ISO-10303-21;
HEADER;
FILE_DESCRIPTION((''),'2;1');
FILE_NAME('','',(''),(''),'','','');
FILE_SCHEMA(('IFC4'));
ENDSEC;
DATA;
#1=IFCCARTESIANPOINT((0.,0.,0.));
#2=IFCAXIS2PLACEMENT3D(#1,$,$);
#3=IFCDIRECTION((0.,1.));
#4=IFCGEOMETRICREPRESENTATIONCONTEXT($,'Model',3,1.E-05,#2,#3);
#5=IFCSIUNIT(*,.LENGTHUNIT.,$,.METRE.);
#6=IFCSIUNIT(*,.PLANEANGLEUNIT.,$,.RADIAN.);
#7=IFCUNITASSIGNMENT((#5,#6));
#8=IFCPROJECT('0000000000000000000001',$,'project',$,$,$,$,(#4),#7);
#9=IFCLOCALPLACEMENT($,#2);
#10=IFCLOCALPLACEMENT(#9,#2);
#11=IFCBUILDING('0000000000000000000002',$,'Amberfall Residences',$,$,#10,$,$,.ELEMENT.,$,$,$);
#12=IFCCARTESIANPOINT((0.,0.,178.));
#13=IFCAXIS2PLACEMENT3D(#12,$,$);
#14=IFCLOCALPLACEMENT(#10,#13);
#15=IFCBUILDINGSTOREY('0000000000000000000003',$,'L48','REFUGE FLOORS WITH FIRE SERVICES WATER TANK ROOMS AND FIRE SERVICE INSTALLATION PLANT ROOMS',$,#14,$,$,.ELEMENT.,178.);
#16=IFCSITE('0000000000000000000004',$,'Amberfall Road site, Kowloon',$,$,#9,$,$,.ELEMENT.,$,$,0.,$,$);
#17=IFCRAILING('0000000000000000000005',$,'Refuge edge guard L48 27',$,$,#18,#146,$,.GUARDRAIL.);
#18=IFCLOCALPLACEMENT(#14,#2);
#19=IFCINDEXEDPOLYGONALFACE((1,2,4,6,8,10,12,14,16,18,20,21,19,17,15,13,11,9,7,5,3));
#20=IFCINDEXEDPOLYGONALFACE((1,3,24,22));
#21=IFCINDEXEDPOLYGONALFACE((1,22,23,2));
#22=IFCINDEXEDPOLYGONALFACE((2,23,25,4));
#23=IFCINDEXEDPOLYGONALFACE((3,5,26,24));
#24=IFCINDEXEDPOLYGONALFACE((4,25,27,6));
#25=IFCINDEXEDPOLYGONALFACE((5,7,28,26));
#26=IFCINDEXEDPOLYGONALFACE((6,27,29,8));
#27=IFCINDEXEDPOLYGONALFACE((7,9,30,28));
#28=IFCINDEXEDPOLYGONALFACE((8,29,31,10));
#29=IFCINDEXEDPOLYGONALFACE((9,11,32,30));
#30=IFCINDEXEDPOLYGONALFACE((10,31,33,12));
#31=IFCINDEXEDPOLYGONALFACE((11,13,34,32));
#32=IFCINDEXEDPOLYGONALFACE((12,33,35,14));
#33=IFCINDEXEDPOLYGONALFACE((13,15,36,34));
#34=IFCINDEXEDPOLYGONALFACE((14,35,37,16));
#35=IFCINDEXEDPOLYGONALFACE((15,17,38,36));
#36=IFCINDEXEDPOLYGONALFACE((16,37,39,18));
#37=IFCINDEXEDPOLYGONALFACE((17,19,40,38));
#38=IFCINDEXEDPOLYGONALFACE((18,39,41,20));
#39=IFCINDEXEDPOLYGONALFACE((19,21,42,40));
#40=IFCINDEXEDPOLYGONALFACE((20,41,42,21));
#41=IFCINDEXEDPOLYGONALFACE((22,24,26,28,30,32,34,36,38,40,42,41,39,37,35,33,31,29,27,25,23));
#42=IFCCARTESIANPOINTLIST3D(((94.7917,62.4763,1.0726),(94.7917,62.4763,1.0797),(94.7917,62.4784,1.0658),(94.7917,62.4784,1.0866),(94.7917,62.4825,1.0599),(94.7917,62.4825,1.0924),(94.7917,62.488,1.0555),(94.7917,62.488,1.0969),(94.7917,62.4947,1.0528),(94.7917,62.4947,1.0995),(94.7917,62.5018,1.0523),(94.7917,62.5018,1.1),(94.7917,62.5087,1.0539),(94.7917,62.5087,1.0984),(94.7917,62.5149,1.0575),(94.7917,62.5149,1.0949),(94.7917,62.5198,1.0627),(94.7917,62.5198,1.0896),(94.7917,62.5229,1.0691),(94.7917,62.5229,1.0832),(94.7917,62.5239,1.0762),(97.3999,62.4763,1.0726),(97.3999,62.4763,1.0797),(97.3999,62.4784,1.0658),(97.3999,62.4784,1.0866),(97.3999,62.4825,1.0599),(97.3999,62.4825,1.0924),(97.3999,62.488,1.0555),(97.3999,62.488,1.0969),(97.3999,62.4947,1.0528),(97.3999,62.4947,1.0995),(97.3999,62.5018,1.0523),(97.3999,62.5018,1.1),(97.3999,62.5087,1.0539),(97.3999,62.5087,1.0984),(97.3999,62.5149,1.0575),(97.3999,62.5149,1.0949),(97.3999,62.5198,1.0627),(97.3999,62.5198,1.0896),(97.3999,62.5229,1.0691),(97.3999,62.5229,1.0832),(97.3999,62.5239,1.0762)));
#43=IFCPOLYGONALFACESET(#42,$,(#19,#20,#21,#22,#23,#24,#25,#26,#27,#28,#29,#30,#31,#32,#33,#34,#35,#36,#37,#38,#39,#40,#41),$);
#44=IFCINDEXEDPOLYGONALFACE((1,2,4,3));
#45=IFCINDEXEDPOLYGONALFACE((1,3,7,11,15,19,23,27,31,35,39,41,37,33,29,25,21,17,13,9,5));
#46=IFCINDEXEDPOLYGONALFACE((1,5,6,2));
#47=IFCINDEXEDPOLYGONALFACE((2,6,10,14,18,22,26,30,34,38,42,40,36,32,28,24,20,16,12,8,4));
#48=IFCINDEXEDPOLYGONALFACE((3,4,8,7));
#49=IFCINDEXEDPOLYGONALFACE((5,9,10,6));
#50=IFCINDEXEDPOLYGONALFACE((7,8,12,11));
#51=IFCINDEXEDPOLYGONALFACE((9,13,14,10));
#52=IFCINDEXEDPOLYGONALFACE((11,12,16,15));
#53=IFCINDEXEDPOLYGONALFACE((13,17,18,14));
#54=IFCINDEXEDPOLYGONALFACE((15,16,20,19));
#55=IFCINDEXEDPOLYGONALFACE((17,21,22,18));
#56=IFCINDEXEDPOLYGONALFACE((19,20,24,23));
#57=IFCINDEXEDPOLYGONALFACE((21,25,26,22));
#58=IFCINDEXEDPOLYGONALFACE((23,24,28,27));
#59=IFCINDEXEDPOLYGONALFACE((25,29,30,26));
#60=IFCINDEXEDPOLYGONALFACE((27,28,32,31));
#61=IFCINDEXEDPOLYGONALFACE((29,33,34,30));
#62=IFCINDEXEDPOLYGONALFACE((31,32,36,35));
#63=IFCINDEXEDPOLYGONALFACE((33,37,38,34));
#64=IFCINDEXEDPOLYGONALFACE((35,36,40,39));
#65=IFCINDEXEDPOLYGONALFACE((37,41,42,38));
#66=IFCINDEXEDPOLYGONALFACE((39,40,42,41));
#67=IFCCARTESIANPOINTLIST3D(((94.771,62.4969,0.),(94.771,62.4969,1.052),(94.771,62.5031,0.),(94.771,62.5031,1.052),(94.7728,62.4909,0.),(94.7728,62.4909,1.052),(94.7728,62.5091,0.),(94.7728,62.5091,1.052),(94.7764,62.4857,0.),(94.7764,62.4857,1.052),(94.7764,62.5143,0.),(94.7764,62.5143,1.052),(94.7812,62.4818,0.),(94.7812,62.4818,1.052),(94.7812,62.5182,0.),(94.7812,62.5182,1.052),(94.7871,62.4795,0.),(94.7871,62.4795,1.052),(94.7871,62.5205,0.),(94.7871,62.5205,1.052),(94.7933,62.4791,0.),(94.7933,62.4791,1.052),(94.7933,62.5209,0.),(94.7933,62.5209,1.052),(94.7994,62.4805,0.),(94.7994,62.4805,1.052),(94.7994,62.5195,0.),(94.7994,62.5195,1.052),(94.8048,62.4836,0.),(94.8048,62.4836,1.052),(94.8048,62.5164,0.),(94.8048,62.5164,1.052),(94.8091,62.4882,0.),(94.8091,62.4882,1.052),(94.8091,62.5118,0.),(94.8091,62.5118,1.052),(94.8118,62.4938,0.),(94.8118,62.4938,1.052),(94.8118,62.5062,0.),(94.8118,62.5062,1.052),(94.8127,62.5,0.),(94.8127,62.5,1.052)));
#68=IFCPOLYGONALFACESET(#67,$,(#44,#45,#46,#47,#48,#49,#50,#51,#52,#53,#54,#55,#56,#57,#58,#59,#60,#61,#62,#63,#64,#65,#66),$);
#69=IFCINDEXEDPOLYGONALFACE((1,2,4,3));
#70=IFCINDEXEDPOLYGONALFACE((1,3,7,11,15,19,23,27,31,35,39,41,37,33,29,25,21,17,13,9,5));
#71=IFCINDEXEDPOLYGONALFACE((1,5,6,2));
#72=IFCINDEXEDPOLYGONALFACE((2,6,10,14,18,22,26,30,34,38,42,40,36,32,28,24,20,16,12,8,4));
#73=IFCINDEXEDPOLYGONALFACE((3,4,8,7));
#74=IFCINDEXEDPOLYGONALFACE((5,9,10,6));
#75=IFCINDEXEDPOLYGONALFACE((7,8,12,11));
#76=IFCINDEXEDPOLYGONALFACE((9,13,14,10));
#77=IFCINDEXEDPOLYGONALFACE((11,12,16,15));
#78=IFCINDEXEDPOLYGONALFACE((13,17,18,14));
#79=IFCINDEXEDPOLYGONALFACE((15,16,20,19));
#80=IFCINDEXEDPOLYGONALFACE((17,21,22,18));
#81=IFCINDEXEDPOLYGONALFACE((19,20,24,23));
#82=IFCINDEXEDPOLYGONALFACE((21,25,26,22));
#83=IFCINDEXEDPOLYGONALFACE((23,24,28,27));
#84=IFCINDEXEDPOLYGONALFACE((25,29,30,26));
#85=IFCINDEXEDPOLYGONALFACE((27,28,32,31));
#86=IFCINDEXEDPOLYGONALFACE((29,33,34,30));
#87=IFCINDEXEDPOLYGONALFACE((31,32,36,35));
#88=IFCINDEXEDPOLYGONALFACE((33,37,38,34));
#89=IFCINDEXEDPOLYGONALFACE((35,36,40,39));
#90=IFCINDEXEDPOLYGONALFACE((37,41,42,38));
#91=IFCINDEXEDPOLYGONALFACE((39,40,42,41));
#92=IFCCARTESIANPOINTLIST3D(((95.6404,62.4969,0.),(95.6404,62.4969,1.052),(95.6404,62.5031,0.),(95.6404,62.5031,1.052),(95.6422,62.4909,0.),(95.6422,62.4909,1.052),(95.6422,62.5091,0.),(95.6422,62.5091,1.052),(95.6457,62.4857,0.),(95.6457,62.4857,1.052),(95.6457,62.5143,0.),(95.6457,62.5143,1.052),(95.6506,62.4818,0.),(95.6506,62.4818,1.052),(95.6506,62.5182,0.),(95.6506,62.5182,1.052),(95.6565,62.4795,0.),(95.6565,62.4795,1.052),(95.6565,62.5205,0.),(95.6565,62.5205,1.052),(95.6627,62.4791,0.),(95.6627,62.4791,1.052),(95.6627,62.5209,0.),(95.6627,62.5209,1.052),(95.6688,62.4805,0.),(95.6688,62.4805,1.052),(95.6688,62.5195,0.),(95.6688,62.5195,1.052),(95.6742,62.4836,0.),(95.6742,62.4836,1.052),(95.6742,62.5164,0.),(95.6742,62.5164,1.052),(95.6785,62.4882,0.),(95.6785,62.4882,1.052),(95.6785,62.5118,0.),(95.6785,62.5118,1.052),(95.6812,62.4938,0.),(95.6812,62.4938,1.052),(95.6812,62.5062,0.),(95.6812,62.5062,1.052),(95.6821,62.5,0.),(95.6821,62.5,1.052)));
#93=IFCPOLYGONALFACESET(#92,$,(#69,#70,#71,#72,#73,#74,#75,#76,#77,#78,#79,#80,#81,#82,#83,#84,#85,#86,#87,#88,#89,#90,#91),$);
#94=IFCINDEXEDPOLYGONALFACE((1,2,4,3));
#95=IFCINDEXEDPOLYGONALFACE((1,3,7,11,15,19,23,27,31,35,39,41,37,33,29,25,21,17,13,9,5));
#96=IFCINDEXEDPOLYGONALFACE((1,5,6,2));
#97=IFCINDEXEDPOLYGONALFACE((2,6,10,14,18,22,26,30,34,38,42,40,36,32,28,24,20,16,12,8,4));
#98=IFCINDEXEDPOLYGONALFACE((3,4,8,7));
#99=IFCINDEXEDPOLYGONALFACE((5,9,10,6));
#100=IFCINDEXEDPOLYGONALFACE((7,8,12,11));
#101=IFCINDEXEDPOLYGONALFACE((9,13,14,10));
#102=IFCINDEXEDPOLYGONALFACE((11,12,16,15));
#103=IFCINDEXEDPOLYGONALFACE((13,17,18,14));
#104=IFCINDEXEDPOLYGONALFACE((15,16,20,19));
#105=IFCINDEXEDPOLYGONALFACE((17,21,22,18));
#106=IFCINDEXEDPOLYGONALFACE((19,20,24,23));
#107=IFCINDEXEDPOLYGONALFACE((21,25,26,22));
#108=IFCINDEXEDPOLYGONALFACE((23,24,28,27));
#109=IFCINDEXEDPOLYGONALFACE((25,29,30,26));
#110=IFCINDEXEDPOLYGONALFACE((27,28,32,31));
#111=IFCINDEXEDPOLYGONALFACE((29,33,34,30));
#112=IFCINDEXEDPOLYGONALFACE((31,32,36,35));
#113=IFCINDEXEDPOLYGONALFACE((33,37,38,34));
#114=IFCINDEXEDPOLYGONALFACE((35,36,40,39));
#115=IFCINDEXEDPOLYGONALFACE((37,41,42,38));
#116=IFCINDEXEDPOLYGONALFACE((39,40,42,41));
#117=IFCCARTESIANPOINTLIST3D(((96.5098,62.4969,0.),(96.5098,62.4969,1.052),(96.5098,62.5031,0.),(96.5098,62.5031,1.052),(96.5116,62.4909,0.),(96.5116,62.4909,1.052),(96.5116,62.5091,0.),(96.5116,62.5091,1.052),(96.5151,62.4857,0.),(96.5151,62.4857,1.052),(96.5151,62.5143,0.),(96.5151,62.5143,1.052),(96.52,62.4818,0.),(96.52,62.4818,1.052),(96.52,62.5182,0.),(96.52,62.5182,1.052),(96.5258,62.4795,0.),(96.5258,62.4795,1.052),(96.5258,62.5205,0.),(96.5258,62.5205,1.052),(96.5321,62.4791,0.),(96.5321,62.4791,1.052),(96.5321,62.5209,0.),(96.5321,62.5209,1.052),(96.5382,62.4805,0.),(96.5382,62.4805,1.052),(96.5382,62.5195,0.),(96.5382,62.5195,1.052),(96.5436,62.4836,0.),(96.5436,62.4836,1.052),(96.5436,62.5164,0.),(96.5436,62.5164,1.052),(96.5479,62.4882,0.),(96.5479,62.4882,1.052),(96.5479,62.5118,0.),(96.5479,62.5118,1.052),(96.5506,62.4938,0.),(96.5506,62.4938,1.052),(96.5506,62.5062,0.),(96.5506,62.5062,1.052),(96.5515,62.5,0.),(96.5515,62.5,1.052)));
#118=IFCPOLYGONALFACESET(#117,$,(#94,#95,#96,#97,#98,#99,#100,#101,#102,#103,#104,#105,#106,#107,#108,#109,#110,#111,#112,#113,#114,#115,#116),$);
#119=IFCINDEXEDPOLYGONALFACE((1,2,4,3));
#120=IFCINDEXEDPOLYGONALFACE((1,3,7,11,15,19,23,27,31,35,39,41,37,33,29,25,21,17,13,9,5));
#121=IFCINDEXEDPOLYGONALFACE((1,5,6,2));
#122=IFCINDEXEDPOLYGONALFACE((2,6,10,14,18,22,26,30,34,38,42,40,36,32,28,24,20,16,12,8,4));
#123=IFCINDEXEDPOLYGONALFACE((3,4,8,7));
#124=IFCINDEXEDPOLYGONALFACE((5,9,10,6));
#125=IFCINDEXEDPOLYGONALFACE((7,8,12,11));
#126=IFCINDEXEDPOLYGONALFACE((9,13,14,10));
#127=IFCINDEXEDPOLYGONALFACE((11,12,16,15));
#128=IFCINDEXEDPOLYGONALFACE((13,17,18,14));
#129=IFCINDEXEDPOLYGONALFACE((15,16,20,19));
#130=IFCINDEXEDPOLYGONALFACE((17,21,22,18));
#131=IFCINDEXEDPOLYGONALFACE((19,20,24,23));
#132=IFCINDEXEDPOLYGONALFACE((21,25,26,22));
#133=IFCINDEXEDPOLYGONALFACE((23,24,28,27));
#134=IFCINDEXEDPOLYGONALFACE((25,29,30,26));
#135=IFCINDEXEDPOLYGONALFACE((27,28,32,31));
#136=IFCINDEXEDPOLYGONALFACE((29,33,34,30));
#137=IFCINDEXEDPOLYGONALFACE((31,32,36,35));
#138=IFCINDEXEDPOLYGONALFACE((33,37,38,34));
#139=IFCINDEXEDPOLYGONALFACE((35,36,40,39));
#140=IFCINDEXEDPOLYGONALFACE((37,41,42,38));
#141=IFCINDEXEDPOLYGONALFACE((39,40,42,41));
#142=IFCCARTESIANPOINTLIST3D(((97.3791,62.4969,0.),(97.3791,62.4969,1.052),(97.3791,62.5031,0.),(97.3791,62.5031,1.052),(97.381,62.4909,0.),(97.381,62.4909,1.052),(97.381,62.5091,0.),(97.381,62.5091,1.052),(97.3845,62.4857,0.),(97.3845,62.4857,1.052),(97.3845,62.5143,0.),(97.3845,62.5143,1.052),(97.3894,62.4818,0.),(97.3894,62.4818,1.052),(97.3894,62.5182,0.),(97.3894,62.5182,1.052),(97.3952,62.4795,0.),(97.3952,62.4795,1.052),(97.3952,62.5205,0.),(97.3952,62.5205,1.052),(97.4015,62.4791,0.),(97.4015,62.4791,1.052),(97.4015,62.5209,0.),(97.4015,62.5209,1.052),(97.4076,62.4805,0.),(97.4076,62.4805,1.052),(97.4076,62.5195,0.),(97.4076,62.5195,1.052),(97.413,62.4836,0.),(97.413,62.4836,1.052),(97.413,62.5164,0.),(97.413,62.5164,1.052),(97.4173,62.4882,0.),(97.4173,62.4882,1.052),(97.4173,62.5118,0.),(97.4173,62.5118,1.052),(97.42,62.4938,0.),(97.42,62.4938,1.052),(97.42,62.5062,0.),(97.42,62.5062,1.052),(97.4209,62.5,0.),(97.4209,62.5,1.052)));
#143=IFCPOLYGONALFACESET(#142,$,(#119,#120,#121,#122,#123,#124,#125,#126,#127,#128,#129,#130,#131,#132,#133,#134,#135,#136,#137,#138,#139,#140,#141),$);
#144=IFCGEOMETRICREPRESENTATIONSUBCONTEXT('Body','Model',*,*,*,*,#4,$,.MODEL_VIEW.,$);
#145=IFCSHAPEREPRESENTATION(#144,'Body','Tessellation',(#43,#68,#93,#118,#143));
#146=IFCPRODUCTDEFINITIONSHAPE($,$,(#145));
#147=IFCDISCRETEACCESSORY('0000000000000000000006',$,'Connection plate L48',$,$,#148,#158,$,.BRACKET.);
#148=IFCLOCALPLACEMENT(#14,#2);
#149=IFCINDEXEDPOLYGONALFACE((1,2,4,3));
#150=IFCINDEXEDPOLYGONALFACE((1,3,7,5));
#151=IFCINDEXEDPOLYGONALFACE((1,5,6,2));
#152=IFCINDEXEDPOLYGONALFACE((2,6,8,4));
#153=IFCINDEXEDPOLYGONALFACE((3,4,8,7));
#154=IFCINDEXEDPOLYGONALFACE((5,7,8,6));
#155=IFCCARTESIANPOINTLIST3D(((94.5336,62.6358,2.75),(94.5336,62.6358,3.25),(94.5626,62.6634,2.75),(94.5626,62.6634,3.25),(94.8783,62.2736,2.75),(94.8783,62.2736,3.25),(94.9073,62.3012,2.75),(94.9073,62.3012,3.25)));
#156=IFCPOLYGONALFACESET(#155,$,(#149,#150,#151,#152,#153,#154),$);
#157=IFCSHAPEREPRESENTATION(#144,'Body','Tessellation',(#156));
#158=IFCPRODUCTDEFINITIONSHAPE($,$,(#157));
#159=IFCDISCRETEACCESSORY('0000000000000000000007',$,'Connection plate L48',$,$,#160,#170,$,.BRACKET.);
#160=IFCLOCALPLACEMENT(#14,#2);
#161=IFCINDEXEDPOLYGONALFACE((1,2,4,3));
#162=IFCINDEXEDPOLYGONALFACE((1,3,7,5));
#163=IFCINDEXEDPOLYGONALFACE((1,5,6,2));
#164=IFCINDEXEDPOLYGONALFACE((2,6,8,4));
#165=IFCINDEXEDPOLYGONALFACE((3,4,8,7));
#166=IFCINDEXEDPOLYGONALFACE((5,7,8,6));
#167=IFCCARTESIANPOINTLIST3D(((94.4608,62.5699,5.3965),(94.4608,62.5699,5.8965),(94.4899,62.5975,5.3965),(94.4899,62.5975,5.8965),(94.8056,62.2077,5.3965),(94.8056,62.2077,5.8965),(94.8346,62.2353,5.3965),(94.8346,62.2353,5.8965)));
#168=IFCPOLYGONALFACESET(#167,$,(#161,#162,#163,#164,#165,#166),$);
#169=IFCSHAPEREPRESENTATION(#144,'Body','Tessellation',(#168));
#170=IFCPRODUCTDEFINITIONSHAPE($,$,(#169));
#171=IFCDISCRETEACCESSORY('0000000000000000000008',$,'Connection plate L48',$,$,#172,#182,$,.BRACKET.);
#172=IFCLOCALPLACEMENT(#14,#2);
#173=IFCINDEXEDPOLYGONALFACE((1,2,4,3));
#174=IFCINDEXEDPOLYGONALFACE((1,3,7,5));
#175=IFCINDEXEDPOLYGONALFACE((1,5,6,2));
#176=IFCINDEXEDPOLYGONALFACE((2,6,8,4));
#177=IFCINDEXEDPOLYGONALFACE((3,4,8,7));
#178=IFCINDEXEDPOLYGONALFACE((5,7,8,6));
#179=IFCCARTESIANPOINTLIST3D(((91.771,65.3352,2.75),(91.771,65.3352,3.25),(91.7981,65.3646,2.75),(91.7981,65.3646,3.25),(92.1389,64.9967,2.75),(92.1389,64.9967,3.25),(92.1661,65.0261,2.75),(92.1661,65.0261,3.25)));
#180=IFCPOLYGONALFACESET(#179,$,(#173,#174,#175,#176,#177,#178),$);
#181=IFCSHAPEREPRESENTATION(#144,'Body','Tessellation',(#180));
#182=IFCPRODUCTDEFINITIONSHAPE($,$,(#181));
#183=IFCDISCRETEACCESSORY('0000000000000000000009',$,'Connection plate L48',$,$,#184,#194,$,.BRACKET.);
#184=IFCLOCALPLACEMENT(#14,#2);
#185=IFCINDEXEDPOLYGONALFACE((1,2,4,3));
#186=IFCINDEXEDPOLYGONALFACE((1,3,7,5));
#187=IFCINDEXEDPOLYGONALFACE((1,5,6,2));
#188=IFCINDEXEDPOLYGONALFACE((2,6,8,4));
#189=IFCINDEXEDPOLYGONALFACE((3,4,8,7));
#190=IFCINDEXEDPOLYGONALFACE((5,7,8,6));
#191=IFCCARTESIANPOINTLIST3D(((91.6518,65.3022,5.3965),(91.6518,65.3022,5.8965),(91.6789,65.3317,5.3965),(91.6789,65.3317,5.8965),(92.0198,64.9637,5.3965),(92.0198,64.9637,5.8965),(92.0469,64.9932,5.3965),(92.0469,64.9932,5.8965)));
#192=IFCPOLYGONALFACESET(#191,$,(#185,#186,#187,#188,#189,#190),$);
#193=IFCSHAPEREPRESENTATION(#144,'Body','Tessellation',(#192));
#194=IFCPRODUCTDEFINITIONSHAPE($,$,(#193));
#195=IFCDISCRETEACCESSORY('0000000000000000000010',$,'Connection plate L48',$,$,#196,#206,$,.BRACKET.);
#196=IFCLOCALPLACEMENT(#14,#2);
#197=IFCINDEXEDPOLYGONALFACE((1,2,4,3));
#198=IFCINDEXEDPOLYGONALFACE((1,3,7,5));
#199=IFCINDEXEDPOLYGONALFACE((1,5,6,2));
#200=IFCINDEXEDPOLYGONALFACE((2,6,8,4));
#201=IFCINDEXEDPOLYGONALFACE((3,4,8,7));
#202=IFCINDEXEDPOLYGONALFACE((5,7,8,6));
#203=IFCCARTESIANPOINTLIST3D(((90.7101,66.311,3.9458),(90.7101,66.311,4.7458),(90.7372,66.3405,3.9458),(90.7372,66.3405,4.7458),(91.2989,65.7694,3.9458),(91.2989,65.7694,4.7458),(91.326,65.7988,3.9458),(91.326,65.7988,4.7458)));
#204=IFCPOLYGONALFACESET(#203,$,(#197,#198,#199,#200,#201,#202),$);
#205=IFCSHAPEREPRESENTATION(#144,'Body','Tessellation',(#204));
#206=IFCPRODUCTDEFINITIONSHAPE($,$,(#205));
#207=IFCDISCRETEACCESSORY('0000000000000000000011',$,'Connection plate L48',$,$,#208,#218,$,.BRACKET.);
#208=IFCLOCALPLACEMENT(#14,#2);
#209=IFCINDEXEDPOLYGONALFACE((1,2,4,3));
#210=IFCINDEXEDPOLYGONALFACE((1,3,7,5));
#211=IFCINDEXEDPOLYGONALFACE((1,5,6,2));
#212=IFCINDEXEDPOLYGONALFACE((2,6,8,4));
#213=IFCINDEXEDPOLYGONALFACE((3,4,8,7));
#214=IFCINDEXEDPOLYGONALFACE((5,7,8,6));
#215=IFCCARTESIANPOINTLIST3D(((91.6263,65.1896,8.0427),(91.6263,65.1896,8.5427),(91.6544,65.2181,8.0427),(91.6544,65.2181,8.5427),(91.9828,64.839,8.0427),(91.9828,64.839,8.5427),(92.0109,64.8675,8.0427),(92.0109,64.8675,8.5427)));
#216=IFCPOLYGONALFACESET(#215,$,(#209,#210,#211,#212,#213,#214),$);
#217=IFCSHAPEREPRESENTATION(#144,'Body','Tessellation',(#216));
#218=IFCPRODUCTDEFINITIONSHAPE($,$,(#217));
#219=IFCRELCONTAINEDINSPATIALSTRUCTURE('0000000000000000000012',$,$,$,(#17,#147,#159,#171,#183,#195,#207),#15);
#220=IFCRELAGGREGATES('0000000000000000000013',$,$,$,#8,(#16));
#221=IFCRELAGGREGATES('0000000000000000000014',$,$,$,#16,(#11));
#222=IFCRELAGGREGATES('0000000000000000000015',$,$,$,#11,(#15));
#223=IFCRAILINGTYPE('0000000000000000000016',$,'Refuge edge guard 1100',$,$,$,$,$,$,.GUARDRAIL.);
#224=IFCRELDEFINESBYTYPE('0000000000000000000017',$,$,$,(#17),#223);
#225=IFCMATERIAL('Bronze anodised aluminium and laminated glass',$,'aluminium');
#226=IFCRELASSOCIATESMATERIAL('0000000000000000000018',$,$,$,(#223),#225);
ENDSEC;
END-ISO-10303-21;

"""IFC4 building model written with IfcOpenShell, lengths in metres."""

from ifc_helpers import new_model, si_unit, direction, frame, origin, origin_2d, place, context, subcontext, project, spatial, rectangle, circle, extrude, material, type_object, element, save


model = new_model("IFC4")

# Units and contexts
model_context = context("Model", 3, precision=1e-05, world=origin(), true_north=direction((0.0, 1.0)))
body_context = subcontext(model_context, "Body", "Model", "MODEL_VIEW")
ifc_project = project(units=[si_unit("LENGTHUNIT", "METRE"), si_unit("PLANEANGLEUNIT", "RADIAN")], contexts=[model_context])

# Site, building, storey
site_placement = place(None, origin())
site = spatial("IfcSite", under=ifc_project, at=site_placement, Name="Amberfall Road site, Kowloon", CompositionType="ELEMENT", RefElevation=0.0)
building_placement = place(site_placement, origin())
building = spatial("IfcBuilding", under=site, at=building_placement, Name="Amberfall Residences", CompositionType="ELEMENT")
storey_placement = place(building_placement, frame((0.0, 0.0, 178.0)))
storey = spatial("IfcBuildingStorey", under=building, at=storey_placement, Name="L48", Description="REFUGE FLOORS WITH FIRE SERVICES WATER TANK ROOMS AND FIRE SERVICE INSTALLATION PLANT ROOMS", CompositionType="ELEMENT", Elevation=178.0)

# Railing
ifc_material_1 = material(Name="Bronze anodised aluminium and laminated glass", Category="aluminium")
railing_type = type_object("IfcRailingType", Name="Refuge edge guard 1100", PredefinedType="GUARDRAIL", material=ifc_material_1)
railing_1_placement = place(storey_placement, frame((94.7917, 62.5, 0.0)))
element("IfcRailing", 1, at=railing_1_placement, inside=storey, type_object=railing_type, Name="Refuge edge guard L48 27", PredefinedType="GUARDRAIL", context=body_context, shape_type="SweptSolid", body=[
    extrude(circle(Radius=0.0239, at=origin_2d()), frame((0.0, 0.0, 1.0762), z_axis=(1.0, 0.0, 0.0), x_axis=(0.0, 1.0, 0.0)), (0.0, 0.0, 1.0), 2.6082),
    extrude(circle(Radius=0.021, at=origin_2d()), origin(), (0.0, 0.0, 1.0), 1.052),
    extrude(circle(Radius=0.021, at=origin_2d()), frame((0.8694, 0.0, 0.0)), (0.0, 0.0, 1.0), 1.052),
    extrude(circle(Radius=0.021, at=origin_2d()), frame((1.7388, 0.0, 0.0)), (0.0, 0.0, 1.0), 1.052),
    extrude(circle(Radius=0.021, at=origin_2d()), frame((2.6082, 0.0, 0.0)), (0.0, 0.0, 1.0), 1.052),
])

# Discrete accessories
for number, where, z_axis, x_axis, name in (
    (2, (94.7205, 62.4685, 2.75), (0.0, 0.0, 1.0), (0.689417, -0.724364, 0.0), "Connection plate L48"),
    (3, (94.6477, 62.4026, 5.3965), (0.0, 0.0, 1.0), (0.689417, -0.724364, 0.0), "Connection plate L48"),
    (4, (91.9685, 65.1807, 2.75), (0.0, 0.0, 1.0), (-0.735979, 0.677004, 0.0), "Connection plate L48"),
    (5, (91.8494, 65.1477, 5.3965), (0.0, 0.0, 1.0), (-0.735979, 0.677004, 0.0), "Connection plate L48"),
):
    element("IfcDiscreteAccessory", number, at=place(storey_placement, frame(where, z_axis=z_axis, x_axis=x_axis)), inside=storey, Name=name, PredefinedType="BRACKET", context=body_context, shape_type="SweptSolid", body=[
        extrude(rectangle(XDim=0.5, YDim=0.04, at=origin_2d()), origin(), (0.0, 0.0, 1.0), 0.5),
    ])
discrete_accessory_1_placement = place(storey_placement, frame((91.0181, 66.0549, 3.9458), z_axis=(0.0, 0.0, 1.0), x_axis=(-0.735979, 0.677004, 0.0)))
element("IfcDiscreteAccessory", 6, at=discrete_accessory_1_placement, inside=storey, Name="Connection plate L48", PredefinedType="BRACKET", context=body_context, shape_type="SweptSolid", body=[
    extrude(rectangle(XDim=0.8, YDim=0.04, at=origin_2d()), origin(), (0.0, 0.0, 1.0), 0.8),
])
discrete_accessory_2_placement = place(storey_placement, frame((91.8186, 65.0286, 8.0427), z_axis=(0.0, 0.0, 1.0), x_axis=(-0.71292, 0.701245, 0.0)))
element("IfcDiscreteAccessory", 7, at=discrete_accessory_2_placement, inside=storey, Name="Connection plate L48", PredefinedType="BRACKET", context=body_context, shape_type="SweptSolid", body=[
    extrude(rectangle(XDim=0.5, YDim=0.04, at=origin_2d()), origin(), (0.0, 0.0, 1.0), 0.5),
])

save(model, "model.ifc")
